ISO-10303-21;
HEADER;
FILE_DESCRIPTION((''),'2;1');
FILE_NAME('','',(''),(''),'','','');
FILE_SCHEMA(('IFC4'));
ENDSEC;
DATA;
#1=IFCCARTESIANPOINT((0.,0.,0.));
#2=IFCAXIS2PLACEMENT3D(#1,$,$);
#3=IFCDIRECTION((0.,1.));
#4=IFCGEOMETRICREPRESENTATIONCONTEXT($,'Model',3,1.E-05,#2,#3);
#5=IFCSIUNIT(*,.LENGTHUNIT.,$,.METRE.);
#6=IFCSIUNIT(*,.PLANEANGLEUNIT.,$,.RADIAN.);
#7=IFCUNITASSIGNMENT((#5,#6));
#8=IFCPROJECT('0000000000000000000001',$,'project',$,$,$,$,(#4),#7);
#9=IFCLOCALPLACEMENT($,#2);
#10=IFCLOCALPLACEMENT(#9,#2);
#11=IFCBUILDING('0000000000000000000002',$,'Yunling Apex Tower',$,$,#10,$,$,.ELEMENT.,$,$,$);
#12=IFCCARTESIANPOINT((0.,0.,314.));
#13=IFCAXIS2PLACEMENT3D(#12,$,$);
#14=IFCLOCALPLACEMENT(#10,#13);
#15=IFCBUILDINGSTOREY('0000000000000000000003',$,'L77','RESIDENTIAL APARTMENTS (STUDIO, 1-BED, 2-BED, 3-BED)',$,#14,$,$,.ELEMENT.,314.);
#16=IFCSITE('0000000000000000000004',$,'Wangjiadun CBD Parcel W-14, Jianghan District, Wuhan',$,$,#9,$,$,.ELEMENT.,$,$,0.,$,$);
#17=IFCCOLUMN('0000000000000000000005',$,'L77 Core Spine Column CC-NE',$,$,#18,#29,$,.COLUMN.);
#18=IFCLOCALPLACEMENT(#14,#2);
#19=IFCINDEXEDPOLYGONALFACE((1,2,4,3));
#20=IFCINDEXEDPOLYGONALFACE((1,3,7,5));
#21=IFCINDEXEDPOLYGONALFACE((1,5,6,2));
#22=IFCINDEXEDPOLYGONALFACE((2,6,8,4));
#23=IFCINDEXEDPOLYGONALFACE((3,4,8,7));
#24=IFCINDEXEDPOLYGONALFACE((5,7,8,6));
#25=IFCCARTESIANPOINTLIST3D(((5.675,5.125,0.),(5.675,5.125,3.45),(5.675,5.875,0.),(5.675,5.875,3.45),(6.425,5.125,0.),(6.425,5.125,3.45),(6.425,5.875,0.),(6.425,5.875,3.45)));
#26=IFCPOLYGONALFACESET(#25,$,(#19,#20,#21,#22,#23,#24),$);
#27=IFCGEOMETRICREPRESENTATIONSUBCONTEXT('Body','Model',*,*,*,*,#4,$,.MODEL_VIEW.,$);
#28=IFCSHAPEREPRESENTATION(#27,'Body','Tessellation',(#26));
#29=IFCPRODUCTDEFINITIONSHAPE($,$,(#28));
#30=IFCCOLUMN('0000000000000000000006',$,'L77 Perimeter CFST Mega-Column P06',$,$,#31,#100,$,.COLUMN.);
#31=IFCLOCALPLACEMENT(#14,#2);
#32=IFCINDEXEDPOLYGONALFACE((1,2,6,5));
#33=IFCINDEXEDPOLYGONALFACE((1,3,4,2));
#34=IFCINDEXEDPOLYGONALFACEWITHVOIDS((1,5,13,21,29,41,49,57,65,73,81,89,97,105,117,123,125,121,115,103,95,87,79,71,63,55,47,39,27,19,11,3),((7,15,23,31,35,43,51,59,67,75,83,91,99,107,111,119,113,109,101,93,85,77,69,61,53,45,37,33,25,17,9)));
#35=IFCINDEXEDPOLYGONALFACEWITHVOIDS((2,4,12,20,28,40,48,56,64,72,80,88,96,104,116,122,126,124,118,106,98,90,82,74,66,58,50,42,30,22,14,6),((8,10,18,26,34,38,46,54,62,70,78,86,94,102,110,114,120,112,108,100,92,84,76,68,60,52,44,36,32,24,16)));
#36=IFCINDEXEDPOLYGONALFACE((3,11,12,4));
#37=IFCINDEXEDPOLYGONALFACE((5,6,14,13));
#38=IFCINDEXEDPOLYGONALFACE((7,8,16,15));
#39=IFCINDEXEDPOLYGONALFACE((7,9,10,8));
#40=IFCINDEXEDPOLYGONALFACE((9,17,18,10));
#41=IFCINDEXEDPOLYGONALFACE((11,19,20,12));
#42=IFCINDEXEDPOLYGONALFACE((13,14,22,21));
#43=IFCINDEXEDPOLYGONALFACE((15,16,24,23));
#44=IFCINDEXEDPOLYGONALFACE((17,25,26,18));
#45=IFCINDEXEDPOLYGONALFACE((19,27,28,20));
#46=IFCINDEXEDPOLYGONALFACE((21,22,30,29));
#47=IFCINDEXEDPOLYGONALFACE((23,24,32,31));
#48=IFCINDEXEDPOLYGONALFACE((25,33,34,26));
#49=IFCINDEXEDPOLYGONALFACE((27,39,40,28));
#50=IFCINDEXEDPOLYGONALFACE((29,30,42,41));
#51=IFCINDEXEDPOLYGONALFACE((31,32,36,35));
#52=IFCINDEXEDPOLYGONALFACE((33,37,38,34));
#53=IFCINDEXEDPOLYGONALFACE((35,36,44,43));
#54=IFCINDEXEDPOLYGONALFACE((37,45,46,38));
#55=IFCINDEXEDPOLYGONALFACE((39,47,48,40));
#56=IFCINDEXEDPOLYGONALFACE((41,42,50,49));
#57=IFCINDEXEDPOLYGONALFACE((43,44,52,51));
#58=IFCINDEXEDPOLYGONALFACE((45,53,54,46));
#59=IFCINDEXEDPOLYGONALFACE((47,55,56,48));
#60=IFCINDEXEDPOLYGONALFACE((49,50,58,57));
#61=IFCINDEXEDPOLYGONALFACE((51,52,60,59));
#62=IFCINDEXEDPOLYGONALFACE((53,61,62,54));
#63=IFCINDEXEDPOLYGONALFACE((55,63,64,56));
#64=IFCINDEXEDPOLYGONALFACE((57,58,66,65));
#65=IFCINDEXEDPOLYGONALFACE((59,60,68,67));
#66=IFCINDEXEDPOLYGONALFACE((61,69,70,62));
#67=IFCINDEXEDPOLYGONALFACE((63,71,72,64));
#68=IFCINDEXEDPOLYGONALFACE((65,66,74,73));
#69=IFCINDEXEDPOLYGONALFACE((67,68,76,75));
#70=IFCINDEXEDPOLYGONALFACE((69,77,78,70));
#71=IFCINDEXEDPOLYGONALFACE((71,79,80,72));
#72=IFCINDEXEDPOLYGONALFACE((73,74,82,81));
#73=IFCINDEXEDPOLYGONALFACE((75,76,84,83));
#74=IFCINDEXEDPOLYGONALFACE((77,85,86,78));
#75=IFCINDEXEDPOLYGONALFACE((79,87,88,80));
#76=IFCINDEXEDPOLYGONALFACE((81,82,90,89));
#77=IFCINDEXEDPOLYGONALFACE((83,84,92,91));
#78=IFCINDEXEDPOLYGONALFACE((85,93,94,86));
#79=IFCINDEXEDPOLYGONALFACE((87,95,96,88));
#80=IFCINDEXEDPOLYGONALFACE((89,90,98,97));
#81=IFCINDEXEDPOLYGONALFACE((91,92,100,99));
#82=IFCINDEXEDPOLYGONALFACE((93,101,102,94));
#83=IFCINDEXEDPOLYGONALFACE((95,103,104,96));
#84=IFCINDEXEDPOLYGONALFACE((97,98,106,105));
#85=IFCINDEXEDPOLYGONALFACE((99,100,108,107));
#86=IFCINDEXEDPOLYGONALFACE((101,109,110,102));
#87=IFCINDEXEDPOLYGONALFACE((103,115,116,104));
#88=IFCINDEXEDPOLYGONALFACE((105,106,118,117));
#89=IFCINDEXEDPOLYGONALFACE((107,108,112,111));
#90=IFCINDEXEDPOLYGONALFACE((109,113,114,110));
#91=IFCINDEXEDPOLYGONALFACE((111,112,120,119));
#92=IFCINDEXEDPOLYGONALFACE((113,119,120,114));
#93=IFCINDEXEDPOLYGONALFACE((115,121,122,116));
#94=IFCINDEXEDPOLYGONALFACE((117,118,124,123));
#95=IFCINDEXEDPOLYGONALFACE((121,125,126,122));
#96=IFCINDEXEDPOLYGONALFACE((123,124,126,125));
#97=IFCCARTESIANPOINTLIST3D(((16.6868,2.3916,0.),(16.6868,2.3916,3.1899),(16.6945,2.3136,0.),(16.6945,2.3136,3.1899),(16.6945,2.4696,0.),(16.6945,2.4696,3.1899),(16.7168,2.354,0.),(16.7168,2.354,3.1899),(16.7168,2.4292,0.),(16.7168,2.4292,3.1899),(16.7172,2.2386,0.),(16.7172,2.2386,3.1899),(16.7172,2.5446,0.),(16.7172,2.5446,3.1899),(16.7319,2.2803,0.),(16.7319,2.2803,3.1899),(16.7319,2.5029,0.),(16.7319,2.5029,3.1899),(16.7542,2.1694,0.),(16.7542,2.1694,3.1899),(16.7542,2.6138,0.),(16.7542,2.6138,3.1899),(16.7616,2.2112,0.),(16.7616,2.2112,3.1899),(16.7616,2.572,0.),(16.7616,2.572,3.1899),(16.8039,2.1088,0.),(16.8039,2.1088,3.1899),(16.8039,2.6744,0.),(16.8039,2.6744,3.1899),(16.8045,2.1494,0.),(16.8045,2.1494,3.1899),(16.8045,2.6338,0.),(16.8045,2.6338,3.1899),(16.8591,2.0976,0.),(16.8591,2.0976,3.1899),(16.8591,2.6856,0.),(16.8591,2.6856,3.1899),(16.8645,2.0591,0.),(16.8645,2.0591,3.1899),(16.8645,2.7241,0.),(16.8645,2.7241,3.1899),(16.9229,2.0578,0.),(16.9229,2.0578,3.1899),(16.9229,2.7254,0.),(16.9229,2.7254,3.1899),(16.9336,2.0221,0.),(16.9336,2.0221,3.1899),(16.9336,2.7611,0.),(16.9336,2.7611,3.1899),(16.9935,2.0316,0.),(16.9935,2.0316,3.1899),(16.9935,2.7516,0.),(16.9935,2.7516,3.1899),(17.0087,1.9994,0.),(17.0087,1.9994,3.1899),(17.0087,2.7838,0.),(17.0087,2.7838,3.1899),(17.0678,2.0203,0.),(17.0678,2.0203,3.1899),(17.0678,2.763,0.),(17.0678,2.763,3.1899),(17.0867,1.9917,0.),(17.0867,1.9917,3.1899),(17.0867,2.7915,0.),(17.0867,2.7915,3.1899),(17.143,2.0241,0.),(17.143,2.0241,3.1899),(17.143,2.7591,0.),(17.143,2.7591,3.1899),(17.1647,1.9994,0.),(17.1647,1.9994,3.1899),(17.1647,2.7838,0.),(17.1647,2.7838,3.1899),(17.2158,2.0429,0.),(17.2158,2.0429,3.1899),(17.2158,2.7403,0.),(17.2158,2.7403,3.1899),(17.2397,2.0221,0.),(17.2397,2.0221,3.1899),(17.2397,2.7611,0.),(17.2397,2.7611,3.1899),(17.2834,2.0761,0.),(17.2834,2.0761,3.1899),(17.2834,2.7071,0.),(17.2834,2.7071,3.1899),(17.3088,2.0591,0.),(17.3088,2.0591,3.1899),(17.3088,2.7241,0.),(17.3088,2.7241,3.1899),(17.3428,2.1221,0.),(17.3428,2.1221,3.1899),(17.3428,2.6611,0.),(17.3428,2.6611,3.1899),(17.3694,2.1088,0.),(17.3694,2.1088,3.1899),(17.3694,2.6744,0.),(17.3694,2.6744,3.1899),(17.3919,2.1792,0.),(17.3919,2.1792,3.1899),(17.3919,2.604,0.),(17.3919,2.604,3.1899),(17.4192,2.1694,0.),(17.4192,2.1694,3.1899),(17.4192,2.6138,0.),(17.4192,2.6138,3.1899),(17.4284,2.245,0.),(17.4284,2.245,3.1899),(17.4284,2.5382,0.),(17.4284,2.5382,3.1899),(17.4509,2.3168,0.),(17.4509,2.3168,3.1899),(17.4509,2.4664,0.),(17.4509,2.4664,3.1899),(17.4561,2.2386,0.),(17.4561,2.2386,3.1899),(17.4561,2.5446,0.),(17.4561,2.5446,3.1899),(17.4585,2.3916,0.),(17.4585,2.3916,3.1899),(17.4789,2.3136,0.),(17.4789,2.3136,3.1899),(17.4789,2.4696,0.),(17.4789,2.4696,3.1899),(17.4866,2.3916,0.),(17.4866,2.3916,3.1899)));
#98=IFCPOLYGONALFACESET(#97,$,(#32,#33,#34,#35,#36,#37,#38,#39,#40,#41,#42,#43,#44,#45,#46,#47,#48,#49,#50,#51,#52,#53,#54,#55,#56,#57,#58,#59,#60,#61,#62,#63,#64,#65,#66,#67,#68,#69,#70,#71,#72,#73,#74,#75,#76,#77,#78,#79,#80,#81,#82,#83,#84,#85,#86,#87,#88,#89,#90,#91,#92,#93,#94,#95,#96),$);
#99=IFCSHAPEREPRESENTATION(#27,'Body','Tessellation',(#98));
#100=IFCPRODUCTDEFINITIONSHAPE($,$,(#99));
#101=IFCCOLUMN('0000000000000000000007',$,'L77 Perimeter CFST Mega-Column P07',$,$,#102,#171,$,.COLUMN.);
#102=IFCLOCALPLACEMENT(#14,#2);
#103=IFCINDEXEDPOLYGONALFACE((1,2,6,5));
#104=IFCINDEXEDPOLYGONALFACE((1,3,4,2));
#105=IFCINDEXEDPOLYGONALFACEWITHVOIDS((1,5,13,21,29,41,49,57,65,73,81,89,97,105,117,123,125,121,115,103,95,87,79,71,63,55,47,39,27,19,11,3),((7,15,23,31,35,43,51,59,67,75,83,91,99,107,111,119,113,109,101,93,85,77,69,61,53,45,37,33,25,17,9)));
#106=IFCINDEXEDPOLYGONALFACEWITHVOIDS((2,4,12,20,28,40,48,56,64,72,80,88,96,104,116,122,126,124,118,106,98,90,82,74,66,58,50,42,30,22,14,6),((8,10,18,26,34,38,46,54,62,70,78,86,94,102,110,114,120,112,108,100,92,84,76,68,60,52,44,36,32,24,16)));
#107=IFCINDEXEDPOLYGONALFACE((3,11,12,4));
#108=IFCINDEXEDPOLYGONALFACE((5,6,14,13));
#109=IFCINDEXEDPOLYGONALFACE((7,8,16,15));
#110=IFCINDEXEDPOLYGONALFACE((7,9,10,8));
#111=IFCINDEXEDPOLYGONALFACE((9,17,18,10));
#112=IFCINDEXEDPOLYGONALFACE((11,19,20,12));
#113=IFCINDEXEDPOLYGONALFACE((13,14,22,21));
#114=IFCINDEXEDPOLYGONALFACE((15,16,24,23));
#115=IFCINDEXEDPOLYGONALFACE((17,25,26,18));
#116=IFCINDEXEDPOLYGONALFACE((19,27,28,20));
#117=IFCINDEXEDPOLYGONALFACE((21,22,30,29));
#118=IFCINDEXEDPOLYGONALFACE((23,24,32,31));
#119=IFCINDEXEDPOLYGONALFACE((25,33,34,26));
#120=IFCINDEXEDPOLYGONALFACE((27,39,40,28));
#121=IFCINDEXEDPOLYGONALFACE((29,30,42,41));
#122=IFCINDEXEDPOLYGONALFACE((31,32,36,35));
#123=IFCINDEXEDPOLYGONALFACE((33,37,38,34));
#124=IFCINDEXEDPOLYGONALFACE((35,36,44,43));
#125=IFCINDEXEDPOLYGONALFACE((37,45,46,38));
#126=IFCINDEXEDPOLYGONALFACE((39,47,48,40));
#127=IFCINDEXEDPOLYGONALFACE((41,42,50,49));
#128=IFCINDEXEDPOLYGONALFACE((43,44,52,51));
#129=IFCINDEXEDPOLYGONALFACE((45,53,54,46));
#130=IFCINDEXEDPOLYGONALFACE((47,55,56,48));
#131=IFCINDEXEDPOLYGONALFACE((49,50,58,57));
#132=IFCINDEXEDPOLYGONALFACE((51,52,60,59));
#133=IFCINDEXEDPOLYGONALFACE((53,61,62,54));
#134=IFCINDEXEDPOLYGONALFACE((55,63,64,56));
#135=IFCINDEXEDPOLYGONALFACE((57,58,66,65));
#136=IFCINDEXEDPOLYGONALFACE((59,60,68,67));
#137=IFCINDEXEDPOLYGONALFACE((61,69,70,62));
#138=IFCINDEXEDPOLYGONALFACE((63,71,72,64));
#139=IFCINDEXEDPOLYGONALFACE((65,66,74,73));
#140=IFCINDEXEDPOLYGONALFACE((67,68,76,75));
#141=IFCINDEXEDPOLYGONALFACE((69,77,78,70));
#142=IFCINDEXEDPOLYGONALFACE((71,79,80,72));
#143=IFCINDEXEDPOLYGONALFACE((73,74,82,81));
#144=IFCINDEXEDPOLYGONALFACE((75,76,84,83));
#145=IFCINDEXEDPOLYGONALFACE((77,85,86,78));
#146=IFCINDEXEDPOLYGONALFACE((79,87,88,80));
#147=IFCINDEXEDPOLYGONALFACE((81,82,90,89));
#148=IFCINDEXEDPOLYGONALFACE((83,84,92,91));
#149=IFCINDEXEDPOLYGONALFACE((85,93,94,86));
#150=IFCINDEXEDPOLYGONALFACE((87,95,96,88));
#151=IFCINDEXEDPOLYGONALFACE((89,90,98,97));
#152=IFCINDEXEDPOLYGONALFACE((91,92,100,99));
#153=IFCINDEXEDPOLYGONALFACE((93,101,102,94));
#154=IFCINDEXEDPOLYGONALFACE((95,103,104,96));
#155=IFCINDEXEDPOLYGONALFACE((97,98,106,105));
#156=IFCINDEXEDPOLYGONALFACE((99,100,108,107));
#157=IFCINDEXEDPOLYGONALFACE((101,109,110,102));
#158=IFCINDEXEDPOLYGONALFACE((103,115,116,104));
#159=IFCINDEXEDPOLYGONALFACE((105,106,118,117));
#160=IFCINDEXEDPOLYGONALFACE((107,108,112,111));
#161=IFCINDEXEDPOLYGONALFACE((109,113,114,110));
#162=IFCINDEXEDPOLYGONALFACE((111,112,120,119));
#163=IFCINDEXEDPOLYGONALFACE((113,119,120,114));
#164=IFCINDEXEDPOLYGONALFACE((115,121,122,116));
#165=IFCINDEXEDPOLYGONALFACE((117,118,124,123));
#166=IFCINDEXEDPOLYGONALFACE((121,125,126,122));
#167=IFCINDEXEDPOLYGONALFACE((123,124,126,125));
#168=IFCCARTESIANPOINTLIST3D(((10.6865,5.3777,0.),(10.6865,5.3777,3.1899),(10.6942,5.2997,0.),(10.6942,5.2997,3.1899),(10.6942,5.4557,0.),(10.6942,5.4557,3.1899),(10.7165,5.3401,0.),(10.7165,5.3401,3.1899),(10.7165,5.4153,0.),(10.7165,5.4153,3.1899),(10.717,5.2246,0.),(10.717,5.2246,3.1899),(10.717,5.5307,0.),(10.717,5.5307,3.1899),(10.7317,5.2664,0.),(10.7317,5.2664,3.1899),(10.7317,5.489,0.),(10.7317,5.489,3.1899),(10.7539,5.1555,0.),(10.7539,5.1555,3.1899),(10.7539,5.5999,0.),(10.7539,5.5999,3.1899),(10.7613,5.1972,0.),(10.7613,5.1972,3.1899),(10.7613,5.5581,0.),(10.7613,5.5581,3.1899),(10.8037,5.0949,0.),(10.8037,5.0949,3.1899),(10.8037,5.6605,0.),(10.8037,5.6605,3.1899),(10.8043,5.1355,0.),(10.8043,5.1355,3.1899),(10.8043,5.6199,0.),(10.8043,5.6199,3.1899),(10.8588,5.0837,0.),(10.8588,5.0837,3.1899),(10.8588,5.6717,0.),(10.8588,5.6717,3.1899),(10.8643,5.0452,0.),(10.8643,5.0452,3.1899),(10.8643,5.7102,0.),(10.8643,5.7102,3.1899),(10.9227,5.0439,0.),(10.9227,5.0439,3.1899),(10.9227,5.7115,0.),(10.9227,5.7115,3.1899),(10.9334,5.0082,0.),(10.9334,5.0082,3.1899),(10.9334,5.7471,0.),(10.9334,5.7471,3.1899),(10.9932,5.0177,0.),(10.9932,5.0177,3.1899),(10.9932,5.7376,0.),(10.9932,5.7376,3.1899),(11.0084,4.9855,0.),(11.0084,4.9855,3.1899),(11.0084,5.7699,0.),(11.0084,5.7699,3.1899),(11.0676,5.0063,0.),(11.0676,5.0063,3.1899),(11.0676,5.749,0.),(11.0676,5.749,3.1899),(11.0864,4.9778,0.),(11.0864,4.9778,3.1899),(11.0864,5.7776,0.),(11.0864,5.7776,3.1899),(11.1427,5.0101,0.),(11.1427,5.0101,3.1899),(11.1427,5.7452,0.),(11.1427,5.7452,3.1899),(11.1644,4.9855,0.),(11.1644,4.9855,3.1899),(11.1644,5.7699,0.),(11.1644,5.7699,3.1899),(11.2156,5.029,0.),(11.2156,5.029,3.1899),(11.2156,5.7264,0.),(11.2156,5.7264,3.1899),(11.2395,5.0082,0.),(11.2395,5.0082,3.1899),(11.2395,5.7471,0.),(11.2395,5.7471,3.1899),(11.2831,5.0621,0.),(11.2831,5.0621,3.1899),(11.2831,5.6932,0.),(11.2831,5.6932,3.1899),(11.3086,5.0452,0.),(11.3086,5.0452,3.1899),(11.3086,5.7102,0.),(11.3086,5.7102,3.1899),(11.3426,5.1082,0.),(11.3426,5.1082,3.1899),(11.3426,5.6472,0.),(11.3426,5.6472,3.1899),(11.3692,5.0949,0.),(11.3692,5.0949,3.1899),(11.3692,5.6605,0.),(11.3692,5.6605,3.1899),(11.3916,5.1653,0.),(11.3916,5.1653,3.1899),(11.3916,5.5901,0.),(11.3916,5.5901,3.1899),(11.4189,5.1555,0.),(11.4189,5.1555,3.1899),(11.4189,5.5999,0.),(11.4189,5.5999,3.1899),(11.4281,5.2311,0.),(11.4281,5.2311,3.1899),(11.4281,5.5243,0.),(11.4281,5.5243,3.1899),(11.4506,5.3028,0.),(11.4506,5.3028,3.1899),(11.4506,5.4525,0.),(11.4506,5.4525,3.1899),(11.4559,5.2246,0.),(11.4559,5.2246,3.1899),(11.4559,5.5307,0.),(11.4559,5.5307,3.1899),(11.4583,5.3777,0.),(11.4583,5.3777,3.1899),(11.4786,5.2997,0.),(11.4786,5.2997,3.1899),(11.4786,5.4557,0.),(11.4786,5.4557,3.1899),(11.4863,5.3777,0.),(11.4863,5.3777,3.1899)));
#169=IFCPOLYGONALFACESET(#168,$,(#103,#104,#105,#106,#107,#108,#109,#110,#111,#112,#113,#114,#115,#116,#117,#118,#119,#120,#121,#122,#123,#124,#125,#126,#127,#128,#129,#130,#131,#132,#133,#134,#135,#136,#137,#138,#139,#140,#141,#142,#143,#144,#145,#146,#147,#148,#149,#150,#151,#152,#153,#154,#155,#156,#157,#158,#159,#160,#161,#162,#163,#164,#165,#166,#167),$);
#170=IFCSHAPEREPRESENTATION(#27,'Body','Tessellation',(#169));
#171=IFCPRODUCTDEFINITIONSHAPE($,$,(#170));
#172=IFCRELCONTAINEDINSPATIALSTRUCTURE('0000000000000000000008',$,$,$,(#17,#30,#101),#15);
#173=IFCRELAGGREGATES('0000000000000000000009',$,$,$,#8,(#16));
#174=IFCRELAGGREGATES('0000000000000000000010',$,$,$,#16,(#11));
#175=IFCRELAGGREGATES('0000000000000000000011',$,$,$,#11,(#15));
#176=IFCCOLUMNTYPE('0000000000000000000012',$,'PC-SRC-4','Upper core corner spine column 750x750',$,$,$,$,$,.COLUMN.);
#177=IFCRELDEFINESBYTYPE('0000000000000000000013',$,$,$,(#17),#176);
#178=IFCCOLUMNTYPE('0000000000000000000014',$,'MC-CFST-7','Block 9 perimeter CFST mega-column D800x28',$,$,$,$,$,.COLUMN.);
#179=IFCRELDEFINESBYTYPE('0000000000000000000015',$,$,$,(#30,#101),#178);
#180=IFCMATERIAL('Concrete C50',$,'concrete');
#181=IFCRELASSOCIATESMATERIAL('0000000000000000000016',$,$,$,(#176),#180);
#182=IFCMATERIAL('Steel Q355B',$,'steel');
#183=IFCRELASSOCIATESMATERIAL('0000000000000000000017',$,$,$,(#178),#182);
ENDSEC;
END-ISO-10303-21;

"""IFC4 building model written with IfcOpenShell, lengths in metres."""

from ifc_helpers import new_model, si_unit, direction, frame, origin, origin_2d, place, context, subcontext, project, spatial, rectangle, hollow_circle, extrude, source, transform, mapped, material, material_profile, profile_set, type_object, element, save


model = new_model("IFC4")

# Units and contexts
model_context = context("Model", 3, precision=1e-05, world=origin(), true_north=direction((0.0, 1.0)))
body_context = subcontext(model_context, "Body", "Model", "MODEL_VIEW")
ifc_project = project(units=[si_unit("LENGTHUNIT", "METRE"), si_unit("PLANEANGLEUNIT", "RADIAN")], contexts=[model_context])

# Site, building, storey
site_placement = place(None, origin())
site = spatial("IfcSite", under=ifc_project, at=site_placement, Name="Wangjiadun CBD Parcel W-14, Jianghan District, Wuhan", CompositionType="ELEMENT", RefElevation=0.0)
building_placement = place(site_placement, origin())
building = spatial("IfcBuilding", under=site, at=building_placement, Name="Yunling Apex Tower", CompositionType="ELEMENT")
storey_placement = place(building_placement, frame((0.0, 0.0, 314.0)))
storey = spatial("IfcBuildingStorey", under=building, at=storey_placement, Name="L77", Description="RESIDENTIAL APARTMENTS (STUDIO, 1-BED, 2-BED, 3-BED)", CompositionType="ELEMENT", Elevation=314.0)

# Columns
ifc_material_1 = material(Name="Concrete C50", Category="concrete")
ifc_material_profile_1 = material_profile(ifc_material_1, rectangle(XDim=0.75, YDim=0.75, at=origin_2d()))
ifc_profile_set_1 = profile_set([ifc_material_profile_1], Name="Concrete C50")
column_type_1 = type_object("IfcColumnType", Name="PC-SRC-4", Description="Upper core corner spine column 750x750", PredefinedType="COLUMN", material=ifc_profile_set_1)
shared_shape_1 = source(origin(), body_context, "Body", "SweptSolid", [
    extrude(rectangle(XDim=0.75, YDim=0.75, at=origin_2d()), origin(), (0.0, 0.0, 1.0), 3.45),
])
column_placement = place(storey_placement, frame((6.05, 5.5, 0.0), z_axis=(0.0, 0.0, 1.0), x_axis=(1.0, 0.0, 0.0)))
element("IfcColumn", 1, at=column_placement, inside=storey, type_object=column_type_1, Name="L77 Core Spine Column CC-NE", PredefinedType="COLUMN", context=body_context, shape_type="MappedRepresentation", body=[
    mapped(shared_shape_1, transform((0.0, 0.0, 0.0), scale=1.0)),
])
ifc_material_2 = material(Name="Steel Q355B", Category="steel")
ifc_material_profile_2 = material_profile(ifc_material_2, hollow_circle(Radius=0.3999, WallThickness=0.0281, at=origin_2d()))
ifc_profile_set_2 = profile_set([ifc_material_profile_2], Name="Steel Q355B")
column_type_2 = type_object("IfcColumnType", Name="MC-CFST-7", Description="Block 9 perimeter CFST mega-column D800x28", PredefinedType="COLUMN", material=ifc_profile_set_2)
shared_shape_2 = source(origin(), body_context, "Body", "SweptSolid", [
    extrude(hollow_circle(Radius=0.3999, WallThickness=0.0281, at=origin_2d()), origin(), (0.0, 0.0, 1.0), 3.1899),
])
for number, where, z_axis, x_axis, name in (
    (2, (17.0867, 2.3916, 0.0), (0.0, 0.0, 1.0), (1.0, 0.0, 0.0), "L77 Perimeter CFST Mega-Column P06"),
    (3, (11.0864, 5.3777, 0.0), (0.0, 0.0, 1.0), (1.0, 0.0, 0.0), "L77 Perimeter CFST Mega-Column P07"),
):
    element("IfcColumn", number, at=place(storey_placement, frame(where, z_axis=z_axis, x_axis=x_axis)), inside=storey, type_object=column_type_2, Name=name, PredefinedType="COLUMN", context=body_context, shape_type="MappedRepresentation", body=[
        mapped(shared_shape_2, transform((0.0, 0.0, 0.0), scale=1.0)),
    ])

save(model, "model.ifc")
